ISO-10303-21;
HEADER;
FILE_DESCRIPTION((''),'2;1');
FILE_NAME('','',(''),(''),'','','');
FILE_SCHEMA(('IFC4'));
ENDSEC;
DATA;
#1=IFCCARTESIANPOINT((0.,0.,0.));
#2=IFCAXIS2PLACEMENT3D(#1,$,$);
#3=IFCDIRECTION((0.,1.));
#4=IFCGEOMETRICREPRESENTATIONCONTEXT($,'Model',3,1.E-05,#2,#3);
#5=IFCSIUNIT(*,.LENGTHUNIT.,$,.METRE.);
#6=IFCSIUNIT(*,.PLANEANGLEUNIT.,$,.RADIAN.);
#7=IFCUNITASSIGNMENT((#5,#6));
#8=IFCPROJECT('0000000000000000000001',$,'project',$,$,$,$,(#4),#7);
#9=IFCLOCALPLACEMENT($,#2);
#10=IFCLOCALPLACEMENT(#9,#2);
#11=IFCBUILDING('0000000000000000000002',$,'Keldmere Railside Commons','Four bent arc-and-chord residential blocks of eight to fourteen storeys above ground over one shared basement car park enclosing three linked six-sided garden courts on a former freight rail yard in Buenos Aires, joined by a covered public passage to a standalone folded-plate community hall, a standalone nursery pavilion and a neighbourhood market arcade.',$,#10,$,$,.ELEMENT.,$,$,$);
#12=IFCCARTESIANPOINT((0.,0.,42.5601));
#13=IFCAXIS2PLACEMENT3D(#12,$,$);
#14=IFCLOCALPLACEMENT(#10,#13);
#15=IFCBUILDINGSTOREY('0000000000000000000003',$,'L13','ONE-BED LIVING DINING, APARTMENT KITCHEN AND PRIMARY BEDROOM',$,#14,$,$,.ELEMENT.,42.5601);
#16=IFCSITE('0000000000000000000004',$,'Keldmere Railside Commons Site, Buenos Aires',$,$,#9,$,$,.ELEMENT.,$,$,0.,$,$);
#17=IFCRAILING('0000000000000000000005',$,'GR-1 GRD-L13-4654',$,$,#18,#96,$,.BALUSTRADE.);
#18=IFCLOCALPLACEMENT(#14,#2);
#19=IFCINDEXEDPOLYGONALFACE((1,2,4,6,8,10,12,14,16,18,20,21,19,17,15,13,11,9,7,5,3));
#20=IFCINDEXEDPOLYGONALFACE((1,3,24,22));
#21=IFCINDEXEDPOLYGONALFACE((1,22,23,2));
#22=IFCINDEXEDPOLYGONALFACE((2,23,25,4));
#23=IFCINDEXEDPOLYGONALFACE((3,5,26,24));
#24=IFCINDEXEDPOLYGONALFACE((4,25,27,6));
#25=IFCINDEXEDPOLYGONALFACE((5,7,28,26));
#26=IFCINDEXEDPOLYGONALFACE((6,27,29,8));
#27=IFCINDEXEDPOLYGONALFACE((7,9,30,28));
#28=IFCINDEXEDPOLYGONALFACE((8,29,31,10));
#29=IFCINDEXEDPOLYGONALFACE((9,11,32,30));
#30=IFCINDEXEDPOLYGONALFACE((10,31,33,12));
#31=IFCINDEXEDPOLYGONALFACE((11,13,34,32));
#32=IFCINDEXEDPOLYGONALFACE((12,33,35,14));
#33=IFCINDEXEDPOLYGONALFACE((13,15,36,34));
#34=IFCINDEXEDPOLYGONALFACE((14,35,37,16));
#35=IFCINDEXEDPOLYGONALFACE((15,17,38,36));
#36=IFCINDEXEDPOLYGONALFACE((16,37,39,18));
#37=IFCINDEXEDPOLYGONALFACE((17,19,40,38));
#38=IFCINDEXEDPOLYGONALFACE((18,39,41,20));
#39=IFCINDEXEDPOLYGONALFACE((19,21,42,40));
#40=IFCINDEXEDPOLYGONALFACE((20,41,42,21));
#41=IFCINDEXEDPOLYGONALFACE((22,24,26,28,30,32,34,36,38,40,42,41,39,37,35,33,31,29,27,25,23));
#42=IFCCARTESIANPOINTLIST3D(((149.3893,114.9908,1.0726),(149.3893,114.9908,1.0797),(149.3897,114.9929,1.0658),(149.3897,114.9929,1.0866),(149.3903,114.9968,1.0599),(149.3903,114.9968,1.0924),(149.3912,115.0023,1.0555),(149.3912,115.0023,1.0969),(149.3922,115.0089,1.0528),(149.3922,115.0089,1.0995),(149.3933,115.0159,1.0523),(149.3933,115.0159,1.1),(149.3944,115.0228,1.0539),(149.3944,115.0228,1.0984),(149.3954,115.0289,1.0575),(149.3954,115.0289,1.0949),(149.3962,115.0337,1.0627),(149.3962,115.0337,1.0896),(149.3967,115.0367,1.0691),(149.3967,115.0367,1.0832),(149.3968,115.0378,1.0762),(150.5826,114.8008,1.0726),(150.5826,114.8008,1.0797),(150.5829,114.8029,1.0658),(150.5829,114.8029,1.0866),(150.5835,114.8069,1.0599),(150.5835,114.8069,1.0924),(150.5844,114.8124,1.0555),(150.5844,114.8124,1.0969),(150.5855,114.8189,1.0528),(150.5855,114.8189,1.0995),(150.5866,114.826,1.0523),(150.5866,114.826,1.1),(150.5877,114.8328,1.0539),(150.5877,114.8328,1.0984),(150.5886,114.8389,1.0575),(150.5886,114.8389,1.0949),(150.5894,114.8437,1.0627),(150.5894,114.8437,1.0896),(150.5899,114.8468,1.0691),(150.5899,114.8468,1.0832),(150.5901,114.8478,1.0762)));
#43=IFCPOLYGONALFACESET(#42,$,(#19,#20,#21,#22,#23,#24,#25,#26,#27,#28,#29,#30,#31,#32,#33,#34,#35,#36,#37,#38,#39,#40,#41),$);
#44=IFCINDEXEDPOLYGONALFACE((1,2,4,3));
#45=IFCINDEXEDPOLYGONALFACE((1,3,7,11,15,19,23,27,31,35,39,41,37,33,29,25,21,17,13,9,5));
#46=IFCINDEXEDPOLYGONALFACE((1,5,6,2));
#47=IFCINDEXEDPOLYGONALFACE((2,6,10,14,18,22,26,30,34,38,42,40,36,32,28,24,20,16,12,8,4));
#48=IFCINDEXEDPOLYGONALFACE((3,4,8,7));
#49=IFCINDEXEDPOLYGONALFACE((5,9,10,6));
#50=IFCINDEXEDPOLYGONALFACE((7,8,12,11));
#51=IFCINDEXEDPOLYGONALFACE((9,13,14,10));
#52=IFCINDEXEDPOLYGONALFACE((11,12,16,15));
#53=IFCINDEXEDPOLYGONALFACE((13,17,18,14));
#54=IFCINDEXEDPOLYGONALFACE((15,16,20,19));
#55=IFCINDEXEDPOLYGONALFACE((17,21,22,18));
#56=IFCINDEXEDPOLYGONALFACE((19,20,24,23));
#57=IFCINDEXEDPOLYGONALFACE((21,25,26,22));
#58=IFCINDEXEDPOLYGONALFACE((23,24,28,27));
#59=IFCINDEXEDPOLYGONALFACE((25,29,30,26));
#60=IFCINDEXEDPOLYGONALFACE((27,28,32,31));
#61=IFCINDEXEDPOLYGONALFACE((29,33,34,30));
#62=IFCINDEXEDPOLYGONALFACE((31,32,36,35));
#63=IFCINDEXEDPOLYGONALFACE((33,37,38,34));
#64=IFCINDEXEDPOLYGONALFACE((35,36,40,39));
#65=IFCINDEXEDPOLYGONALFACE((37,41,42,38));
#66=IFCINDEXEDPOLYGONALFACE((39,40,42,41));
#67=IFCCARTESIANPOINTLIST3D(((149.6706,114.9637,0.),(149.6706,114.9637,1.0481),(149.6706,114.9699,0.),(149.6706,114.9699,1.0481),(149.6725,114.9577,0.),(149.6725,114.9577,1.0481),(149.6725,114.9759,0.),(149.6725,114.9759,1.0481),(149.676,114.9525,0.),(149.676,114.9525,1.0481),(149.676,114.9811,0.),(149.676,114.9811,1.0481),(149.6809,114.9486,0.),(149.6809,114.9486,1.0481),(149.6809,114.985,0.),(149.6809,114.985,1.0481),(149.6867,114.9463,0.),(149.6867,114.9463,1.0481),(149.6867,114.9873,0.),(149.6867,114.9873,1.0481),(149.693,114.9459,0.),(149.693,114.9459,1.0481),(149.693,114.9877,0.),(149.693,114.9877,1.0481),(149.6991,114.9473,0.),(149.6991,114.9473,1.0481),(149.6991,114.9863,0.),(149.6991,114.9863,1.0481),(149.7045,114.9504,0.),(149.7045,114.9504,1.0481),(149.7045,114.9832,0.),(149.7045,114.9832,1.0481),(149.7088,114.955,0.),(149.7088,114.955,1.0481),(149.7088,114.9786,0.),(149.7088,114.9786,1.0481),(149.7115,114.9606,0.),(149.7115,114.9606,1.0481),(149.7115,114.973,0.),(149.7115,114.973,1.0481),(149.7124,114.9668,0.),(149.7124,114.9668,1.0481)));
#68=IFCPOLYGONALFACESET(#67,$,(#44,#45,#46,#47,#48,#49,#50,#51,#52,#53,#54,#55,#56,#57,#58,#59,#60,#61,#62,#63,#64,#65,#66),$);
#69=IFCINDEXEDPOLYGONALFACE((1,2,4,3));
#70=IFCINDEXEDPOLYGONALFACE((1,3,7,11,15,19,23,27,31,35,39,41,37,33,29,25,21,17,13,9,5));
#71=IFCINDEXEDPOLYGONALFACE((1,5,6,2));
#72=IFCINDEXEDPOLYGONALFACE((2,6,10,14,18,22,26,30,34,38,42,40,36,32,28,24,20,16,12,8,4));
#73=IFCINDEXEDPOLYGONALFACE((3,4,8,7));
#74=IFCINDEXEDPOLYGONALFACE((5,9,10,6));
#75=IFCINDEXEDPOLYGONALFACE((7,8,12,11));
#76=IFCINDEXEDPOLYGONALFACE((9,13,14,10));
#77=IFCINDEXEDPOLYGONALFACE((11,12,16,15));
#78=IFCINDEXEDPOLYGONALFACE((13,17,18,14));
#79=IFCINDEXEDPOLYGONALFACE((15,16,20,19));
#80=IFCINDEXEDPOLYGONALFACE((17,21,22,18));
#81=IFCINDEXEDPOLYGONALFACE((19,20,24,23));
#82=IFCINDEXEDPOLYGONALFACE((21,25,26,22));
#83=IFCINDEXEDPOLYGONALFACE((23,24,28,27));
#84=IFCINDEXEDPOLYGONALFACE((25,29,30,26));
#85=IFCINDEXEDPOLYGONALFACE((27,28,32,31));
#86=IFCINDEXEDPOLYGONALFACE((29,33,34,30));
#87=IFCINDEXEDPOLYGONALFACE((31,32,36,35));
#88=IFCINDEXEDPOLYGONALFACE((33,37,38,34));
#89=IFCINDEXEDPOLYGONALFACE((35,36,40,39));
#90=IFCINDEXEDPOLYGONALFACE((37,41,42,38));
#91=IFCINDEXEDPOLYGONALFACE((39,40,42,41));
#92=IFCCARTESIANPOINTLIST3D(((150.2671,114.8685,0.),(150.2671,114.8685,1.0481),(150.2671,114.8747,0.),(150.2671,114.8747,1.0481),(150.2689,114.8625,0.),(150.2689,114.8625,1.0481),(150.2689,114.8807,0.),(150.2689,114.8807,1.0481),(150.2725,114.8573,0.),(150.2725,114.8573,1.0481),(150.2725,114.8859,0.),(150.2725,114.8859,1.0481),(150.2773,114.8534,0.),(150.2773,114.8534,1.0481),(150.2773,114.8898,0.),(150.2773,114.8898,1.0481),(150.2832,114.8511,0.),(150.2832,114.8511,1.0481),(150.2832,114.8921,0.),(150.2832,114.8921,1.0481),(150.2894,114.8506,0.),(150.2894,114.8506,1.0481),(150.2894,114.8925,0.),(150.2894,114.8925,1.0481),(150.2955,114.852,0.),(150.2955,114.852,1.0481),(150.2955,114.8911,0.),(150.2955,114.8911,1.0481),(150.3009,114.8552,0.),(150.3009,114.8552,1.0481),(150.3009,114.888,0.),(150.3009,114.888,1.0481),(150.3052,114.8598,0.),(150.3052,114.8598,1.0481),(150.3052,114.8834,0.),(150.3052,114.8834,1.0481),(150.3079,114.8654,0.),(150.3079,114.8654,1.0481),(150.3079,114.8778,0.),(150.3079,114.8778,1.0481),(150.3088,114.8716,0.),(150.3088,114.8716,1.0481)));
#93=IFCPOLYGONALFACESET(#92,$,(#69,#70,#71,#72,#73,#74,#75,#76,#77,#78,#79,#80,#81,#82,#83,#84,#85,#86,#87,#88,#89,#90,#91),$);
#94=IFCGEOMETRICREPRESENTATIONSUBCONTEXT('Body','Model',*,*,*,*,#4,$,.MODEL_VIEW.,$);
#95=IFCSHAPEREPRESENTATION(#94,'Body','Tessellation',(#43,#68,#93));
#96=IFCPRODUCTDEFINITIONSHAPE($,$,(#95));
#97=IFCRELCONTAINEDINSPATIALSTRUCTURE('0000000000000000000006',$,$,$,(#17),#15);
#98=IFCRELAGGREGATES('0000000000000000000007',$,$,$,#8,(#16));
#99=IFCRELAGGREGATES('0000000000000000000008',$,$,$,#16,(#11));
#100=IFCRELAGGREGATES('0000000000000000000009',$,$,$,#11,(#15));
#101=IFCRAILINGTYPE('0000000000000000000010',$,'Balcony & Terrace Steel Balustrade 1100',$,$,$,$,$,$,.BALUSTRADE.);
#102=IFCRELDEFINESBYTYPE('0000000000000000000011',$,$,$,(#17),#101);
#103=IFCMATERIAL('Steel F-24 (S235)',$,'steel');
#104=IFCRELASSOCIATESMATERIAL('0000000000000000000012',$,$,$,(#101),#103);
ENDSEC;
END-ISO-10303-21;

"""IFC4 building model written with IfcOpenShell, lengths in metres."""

from ifc_helpers import new_model, si_unit, direction, frame, origin, origin_2d, place, context, subcontext, project, spatial, circle, extrude, material, type_object, element, save


model = new_model("IFC4")

# Units and contexts
model_context = context("Model", 3, precision=1e-05, world=origin(), true_north=direction((0.0, 1.0)))
body_context = subcontext(model_context, "Body", "Model", "MODEL_VIEW")
ifc_project = project(units=[si_unit("LENGTHUNIT", "METRE"), si_unit("PLANEANGLEUNIT", "RADIAN")], contexts=[model_context])

# Site, building, storey
site_placement = place(None, origin())
site = spatial("IfcSite", under=ifc_project, at=site_placement, Name="Keldmere Railside Commons Site, Buenos Aires", CompositionType="ELEMENT", RefElevation=0.0)
building_placement = place(site_placement, origin())
building = spatial("IfcBuilding", under=site, at=building_placement, Name="Keldmere Railside Commons", Description="Four bent arc-and-chord residential blocks of eight to fourteen storeys above ground over one shared basement car park enclosing three linked six-sided garden courts on a former freight rail yard in Buenos Aires, joined by a covered public passage to a standalone folded-plate community hall, a standalone nursery pavilion and a neighbourhood market arcade.", CompositionType="ELEMENT")
storey_placement = place(building_placement, frame((0.0, 0.0, 42.5601)))
storey = spatial("IfcBuildingStorey", under=building, at=storey_placement, Name="L13", Description="ONE-BED LIVING DINING, APARTMENT KITCHEN AND PRIMARY BEDROOM", CompositionType="ELEMENT", Elevation=42.5601)

# Shared definitions
ifc_material_1 = material(Name="Steel F-24 (S235)", Category="steel")

# Railing
railing_type = type_object("IfcRailingType", Name="Balcony & Terrace Steel Balustrade 1100", PredefinedType="BALUSTRADE", material=ifc_material_1)
railing_1_placement = place(storey_placement, frame((149.3931, 115.0142, 0.0)))
element("IfcRailing", 1, at=railing_1_placement, inside=storey, type_object=railing_type, Name="GR-1 GRD-L13-4654", PredefinedType="BALUSTRADE", context=body_context, shape_type="SweptSolid", body=[
    extrude(circle(Radius=0.0239, at=origin_2d()), frame((0.0, 0.0, 1.0762), z_axis=(0.987564, -0.157218, 0.0), x_axis=(0.157218, 0.987564, 0.0)), (0.0, 0.0, 1.0), 1.2083),
    extrude(circle(Radius=0.021, at=origin_2d()), frame((0.2983, -0.0474, 0.0)), (0.0, 0.0, 1.0), 1.0481),
    extrude(circle(Radius=0.021, at=origin_2d()), frame((0.8948, -0.1426, 0.0)), (0.0, 0.0, 1.0), 1.0481),
])

save(model, "model.ifc")
